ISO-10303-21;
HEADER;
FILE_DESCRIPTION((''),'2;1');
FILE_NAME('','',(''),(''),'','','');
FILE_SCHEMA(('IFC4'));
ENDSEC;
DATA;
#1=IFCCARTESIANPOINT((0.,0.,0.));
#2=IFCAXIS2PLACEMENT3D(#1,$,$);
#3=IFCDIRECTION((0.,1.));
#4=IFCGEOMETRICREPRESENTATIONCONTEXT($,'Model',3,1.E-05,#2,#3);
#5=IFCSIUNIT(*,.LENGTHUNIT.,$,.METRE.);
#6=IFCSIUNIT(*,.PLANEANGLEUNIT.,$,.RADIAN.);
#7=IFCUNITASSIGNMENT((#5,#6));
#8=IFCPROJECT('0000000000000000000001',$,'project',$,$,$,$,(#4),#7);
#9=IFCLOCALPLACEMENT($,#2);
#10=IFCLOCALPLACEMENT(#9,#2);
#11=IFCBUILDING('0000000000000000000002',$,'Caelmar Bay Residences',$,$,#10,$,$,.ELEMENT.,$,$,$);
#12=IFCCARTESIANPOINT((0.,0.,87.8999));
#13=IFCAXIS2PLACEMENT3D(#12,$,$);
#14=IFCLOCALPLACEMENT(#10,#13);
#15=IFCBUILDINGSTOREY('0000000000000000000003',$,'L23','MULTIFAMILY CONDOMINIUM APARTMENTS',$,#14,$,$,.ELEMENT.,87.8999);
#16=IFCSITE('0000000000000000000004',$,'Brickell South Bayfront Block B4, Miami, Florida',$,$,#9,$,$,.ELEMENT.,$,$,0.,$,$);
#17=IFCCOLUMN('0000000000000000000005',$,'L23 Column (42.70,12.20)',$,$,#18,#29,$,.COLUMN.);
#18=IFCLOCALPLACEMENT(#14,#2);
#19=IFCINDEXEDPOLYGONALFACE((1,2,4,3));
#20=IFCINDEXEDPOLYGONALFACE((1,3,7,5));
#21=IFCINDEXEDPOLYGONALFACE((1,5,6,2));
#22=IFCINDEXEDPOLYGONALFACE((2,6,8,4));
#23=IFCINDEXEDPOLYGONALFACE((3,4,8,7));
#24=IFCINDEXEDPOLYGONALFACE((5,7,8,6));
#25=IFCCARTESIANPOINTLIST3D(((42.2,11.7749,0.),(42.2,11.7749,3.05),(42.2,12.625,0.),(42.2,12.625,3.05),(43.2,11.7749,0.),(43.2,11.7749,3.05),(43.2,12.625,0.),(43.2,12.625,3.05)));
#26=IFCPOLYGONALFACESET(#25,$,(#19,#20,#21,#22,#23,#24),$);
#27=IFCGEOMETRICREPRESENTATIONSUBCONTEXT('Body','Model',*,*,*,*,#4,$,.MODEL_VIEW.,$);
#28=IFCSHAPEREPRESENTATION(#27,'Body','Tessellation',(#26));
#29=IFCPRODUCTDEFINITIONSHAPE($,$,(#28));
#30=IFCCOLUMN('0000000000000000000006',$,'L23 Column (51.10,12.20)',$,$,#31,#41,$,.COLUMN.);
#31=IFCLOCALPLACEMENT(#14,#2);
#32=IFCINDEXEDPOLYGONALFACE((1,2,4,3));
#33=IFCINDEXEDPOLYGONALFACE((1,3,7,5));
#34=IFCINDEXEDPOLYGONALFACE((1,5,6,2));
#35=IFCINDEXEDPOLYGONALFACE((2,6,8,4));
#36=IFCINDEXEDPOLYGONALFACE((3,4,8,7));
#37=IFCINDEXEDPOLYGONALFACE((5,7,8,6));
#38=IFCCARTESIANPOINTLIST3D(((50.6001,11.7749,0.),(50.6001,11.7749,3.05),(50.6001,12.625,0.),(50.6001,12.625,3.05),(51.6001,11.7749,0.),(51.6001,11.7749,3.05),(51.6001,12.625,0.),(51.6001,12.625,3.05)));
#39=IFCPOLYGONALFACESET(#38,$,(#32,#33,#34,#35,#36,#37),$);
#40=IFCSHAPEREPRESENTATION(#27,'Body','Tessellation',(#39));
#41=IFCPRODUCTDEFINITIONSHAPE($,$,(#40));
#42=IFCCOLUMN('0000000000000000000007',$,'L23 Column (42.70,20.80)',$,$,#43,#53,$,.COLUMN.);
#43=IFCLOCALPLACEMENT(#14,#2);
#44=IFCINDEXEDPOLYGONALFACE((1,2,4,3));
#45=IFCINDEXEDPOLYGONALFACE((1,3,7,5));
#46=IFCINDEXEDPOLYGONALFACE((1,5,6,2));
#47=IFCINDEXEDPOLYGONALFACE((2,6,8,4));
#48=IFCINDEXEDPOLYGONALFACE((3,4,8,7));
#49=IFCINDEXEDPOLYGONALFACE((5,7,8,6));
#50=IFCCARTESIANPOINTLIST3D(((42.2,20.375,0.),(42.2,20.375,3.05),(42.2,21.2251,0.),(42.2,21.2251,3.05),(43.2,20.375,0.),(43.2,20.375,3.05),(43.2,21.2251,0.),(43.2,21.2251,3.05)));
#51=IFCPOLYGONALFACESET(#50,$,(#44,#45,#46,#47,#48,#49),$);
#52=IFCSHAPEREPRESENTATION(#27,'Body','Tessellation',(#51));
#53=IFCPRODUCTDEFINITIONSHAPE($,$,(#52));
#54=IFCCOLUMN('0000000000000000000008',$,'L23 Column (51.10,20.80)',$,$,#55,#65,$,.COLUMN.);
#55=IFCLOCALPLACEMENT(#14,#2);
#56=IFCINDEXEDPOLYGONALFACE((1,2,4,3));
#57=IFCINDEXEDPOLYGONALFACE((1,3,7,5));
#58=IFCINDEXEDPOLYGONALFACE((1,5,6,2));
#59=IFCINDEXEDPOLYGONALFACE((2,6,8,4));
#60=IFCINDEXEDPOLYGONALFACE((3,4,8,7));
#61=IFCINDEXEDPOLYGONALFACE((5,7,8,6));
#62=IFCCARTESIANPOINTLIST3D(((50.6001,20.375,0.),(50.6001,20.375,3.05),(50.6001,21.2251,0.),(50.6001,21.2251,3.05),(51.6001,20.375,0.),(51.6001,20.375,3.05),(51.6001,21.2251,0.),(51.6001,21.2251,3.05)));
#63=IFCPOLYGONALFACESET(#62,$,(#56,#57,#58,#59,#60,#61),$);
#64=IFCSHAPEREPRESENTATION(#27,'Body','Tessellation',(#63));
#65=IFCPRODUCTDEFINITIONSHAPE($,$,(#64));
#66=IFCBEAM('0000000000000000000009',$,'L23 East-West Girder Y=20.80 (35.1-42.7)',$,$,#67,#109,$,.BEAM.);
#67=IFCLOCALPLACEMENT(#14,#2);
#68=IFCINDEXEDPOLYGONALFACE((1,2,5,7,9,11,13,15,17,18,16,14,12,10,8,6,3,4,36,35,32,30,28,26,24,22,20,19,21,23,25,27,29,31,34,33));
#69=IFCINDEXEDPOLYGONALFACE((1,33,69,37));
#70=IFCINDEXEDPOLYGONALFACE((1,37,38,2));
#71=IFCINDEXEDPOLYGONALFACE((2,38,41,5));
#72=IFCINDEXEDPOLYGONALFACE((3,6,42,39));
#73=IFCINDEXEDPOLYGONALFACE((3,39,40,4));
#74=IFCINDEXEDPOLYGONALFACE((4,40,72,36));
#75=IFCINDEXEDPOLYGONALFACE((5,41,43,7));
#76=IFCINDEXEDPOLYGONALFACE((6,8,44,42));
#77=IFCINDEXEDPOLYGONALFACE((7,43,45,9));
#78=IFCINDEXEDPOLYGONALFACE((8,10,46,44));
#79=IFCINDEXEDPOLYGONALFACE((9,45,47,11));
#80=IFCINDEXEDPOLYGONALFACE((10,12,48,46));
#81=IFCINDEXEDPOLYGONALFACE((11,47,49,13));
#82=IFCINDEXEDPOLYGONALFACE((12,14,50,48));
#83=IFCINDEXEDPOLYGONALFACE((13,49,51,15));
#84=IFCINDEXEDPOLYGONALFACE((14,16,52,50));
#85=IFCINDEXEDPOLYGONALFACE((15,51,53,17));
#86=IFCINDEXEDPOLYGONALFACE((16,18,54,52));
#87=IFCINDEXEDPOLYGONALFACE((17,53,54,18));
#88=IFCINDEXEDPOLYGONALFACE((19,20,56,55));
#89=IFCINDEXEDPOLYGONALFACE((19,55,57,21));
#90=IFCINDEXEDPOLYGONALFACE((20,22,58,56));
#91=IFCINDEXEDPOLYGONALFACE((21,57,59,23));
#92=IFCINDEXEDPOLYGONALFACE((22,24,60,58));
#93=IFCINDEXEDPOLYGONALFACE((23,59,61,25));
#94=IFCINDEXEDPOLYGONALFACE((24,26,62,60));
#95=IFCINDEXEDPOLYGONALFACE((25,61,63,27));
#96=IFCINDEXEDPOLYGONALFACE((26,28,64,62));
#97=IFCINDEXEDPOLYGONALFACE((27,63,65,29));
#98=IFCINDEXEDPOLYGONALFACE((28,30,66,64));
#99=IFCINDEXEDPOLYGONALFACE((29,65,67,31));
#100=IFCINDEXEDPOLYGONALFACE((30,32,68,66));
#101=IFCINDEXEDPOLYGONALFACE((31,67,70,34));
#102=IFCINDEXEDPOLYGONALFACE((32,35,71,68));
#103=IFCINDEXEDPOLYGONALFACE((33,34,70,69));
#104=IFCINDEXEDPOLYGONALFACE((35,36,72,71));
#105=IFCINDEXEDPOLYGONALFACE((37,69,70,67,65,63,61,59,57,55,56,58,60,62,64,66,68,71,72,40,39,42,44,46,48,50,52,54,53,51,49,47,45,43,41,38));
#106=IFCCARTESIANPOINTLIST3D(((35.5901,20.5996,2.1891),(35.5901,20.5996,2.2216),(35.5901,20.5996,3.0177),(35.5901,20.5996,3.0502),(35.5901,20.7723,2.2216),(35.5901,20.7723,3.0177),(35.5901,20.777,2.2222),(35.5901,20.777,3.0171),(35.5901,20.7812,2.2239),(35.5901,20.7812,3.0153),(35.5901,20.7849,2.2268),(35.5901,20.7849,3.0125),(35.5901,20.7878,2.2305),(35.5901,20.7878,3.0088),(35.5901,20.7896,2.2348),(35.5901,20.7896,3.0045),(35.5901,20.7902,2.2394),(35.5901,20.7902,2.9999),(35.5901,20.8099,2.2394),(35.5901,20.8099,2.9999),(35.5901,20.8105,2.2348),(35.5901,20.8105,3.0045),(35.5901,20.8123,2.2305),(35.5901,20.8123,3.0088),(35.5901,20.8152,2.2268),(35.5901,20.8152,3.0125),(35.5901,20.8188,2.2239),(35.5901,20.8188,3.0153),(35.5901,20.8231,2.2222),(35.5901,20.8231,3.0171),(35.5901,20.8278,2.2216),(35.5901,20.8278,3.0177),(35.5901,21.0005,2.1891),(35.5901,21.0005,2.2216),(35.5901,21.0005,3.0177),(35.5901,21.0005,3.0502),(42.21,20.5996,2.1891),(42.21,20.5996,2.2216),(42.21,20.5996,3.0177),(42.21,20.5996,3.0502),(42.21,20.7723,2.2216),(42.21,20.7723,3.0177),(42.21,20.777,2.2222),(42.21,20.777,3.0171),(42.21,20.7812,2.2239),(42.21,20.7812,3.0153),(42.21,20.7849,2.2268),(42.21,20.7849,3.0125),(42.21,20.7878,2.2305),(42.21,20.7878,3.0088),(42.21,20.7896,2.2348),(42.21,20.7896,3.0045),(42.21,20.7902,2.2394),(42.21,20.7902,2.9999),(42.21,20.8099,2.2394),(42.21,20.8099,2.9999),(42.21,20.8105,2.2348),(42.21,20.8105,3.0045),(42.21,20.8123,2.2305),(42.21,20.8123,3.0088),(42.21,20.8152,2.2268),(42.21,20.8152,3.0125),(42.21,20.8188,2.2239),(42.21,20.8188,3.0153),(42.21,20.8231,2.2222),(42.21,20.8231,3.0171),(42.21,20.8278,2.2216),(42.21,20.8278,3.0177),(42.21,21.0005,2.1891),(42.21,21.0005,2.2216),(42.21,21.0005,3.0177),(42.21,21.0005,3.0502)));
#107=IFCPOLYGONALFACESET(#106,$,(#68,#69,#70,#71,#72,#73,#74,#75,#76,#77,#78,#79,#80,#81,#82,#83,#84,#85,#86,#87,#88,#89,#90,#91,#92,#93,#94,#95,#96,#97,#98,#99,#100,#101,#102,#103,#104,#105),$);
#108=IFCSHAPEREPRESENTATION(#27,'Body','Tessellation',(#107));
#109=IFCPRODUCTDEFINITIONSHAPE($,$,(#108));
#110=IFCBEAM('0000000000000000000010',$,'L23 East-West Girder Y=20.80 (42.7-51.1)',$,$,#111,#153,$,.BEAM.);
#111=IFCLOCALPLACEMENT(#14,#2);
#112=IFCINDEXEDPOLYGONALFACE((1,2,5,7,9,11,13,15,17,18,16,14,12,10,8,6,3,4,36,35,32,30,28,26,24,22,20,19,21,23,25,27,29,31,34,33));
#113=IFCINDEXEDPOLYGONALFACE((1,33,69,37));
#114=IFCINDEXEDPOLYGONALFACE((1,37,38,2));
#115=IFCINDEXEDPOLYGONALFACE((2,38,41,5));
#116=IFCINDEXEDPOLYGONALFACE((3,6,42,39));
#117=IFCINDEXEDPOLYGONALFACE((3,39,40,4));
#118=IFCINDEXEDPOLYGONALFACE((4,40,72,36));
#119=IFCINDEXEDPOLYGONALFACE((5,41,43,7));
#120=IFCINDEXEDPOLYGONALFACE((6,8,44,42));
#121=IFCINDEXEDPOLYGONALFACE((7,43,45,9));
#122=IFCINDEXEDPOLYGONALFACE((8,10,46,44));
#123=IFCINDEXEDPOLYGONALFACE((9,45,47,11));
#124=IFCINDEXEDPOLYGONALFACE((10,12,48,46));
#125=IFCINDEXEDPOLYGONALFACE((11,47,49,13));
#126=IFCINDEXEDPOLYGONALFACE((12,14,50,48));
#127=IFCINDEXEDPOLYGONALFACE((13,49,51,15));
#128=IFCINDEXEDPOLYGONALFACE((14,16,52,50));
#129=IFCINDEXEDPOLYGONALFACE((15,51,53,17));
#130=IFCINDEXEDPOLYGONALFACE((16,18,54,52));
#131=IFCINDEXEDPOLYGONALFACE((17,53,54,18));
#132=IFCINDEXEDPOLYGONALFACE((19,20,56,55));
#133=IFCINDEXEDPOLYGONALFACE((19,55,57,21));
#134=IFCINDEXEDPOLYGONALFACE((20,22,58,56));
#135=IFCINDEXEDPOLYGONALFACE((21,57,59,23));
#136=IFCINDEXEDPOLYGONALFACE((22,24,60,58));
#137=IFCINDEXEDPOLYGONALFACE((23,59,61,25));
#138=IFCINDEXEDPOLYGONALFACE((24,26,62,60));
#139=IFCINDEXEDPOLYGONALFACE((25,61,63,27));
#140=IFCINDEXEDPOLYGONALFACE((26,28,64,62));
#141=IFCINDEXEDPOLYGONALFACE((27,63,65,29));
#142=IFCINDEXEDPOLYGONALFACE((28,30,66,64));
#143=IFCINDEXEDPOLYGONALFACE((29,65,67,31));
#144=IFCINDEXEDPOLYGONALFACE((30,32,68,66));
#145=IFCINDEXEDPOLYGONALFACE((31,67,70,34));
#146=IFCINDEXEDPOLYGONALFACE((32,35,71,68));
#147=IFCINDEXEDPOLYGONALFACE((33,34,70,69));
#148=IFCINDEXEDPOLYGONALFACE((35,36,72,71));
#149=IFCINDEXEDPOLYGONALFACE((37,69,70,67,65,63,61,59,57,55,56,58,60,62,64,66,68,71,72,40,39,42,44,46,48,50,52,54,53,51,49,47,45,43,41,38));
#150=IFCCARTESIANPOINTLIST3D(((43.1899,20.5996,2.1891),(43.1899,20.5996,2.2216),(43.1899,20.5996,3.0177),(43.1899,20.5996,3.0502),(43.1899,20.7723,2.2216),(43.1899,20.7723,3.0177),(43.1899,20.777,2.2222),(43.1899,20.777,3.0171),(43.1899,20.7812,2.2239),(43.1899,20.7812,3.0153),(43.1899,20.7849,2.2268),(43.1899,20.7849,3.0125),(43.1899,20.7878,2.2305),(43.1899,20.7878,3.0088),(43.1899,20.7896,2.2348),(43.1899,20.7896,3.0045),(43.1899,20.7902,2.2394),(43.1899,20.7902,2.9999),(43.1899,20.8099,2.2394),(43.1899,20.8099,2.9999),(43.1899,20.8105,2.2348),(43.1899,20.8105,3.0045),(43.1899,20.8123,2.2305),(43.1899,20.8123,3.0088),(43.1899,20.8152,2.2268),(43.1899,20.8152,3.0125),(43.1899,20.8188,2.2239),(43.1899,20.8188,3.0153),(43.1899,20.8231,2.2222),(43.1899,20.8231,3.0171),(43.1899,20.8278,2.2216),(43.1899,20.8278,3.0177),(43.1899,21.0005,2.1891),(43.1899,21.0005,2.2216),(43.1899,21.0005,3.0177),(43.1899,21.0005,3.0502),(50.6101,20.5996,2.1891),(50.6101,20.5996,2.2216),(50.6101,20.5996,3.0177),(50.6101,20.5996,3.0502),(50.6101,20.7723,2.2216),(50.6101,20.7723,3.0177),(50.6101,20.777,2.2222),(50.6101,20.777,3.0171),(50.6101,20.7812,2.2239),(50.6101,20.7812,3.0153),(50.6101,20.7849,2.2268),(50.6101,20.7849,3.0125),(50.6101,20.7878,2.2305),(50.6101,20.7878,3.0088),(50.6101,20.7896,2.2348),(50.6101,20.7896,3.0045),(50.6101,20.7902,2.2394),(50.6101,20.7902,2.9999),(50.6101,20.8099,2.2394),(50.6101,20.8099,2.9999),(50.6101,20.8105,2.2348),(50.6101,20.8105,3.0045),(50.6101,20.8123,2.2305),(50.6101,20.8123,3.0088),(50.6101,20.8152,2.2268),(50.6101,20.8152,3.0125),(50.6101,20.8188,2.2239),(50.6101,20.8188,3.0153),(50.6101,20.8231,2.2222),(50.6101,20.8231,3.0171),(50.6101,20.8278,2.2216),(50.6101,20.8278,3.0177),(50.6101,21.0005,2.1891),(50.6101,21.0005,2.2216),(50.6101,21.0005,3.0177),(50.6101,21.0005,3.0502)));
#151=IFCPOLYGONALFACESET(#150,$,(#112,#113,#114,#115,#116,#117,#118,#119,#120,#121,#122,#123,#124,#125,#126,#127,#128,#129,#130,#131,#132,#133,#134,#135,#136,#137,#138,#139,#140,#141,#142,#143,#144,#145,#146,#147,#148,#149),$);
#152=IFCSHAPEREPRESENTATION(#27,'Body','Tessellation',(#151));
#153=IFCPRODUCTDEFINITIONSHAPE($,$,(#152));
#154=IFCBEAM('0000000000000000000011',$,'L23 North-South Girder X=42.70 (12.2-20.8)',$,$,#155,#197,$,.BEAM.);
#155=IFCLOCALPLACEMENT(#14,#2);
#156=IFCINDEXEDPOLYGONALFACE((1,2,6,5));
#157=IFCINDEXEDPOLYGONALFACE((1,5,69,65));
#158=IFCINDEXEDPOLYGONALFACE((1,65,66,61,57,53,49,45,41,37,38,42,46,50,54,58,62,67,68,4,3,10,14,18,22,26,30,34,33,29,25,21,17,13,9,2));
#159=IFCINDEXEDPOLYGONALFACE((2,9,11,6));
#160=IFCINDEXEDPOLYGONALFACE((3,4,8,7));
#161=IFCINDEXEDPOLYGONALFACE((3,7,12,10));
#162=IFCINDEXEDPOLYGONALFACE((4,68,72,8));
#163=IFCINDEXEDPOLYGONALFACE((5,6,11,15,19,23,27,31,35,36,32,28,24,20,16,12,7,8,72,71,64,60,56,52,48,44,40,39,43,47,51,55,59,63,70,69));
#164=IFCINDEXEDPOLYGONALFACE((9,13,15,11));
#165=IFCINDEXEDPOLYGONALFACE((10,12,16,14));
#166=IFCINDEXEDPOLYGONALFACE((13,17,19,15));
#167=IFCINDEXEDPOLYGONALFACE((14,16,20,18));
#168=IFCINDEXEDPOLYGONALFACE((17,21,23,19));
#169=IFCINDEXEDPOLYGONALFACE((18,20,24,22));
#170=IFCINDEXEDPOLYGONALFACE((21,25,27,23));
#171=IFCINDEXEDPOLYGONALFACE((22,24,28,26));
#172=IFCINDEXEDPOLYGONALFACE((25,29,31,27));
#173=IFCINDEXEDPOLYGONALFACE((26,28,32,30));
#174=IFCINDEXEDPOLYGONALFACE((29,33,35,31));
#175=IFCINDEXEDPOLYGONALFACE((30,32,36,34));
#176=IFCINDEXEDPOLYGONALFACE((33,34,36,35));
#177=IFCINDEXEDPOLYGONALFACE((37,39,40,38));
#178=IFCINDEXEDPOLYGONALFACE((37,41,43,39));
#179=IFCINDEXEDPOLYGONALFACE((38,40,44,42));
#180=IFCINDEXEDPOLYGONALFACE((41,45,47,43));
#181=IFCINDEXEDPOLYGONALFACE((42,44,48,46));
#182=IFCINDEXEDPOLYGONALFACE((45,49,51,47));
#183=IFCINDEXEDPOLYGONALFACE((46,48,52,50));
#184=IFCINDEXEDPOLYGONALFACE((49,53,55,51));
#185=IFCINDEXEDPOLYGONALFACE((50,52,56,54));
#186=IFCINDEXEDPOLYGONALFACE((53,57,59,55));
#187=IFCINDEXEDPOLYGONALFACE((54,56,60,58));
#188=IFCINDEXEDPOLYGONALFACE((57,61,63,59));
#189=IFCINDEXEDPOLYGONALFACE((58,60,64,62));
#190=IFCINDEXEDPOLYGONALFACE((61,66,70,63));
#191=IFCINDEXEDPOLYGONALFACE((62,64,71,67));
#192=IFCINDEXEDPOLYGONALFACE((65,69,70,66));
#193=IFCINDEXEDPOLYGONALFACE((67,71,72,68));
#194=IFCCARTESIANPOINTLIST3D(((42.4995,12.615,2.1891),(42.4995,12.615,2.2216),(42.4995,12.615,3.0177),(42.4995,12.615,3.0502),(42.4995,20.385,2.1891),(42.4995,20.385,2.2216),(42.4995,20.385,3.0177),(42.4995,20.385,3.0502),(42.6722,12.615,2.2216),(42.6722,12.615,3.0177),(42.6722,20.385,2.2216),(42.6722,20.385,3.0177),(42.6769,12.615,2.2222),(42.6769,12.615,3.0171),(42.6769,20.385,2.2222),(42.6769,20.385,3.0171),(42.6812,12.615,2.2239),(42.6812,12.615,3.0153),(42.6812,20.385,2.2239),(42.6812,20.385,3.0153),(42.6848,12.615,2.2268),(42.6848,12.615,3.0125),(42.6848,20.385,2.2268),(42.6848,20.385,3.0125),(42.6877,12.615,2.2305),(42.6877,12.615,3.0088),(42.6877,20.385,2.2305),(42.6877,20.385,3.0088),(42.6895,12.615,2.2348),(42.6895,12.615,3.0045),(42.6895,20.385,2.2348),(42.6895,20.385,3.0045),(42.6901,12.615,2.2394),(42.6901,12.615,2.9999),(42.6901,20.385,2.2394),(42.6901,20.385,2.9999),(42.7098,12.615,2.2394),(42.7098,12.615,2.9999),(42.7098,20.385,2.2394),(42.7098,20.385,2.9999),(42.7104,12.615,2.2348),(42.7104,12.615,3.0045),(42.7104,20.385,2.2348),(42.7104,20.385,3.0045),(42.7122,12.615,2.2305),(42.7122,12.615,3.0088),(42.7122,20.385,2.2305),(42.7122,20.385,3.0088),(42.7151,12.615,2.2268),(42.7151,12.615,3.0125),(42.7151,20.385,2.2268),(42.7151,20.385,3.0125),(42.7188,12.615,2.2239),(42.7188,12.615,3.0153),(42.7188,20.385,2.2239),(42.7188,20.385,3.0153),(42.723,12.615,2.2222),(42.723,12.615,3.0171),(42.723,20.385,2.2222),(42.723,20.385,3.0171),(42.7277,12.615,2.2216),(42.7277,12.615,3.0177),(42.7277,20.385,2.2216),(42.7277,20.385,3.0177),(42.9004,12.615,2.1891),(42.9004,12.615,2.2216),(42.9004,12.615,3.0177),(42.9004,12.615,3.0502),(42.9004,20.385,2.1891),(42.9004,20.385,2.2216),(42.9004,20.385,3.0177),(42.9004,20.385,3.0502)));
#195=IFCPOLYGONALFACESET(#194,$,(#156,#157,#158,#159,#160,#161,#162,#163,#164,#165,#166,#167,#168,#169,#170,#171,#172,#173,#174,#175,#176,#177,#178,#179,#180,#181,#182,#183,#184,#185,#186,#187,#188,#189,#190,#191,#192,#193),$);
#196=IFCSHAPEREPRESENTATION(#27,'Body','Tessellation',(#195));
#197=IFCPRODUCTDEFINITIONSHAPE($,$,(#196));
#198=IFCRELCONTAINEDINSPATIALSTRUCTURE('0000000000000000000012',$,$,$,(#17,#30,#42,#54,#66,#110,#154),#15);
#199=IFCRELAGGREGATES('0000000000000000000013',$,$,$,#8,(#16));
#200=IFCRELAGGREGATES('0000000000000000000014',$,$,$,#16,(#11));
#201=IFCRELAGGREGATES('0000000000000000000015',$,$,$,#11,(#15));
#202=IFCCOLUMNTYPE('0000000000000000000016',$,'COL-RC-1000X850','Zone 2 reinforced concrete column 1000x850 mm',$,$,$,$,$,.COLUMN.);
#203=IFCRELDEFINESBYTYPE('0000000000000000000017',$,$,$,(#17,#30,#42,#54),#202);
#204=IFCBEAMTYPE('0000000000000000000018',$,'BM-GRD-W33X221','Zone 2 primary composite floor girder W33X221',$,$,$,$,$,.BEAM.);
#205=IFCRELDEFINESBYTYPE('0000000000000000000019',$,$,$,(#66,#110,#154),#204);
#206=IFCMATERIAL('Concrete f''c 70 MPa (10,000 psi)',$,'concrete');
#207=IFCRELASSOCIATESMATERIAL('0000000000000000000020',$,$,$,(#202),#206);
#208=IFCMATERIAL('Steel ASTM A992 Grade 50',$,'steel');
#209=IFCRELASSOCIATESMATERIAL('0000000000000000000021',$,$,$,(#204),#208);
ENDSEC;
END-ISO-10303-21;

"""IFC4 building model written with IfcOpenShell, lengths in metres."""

from ifc_helpers import new_model, si_unit, direction, frame, origin, origin_2d, place, context, subcontext, project, spatial, rectangle, i_section, extrude, material, material_profile, profile_set, type_object, element, save


model = new_model("IFC4")

# Units and contexts
model_context = context("Model", 3, precision=1e-05, world=origin(), true_north=direction((0.0, 1.0)))
body_context = subcontext(model_context, "Body", "Model", "MODEL_VIEW")
ifc_project = project(units=[si_unit("LENGTHUNIT", "METRE"), si_unit("PLANEANGLEUNIT", "RADIAN")], contexts=[model_context])

# Site, building, storey
site_placement = place(None, origin())
site = spatial("IfcSite", under=ifc_project, at=site_placement, Name="Brickell South Bayfront Block B4, Miami, Florida", CompositionType="ELEMENT", RefElevation=0.0)
building_placement = place(site_placement, origin())
building = spatial("IfcBuilding", under=site, at=building_placement, Name="Caelmar Bay Residences", CompositionType="ELEMENT")
storey_placement = place(building_placement, frame((0.0, 0.0, 87.8999)))
storey = spatial("IfcBuildingStorey", under=building, at=storey_placement, Name="L23", Description="MULTIFAMILY CONDOMINIUM APARTMENTS", CompositionType="ELEMENT", Elevation=87.8999)

# Columns
ifc_material_1 = material(Name="Concrete f'c 70 MPa (10,000 psi)", Category="concrete")
ifc_material_profile_1 = material_profile(ifc_material_1, rectangle(XDim=1.0, YDim=0.8501, at=origin_2d()), Name="RC-COL-1000X850")
ifc_profile_set_1 = profile_set([ifc_material_profile_1], Name="Concrete f'c 70 MPa (10,000 psi)")
column_type = type_object("IfcColumnType", Name="COL-RC-1000X850", Description="Zone 2 reinforced concrete column 1000x850 mm", PredefinedType="COLUMN", material=ifc_profile_set_1)
for number, where, z_axis, x_axis, name in (
    (1, (42.7, 12.2, 0.0), (0.0, 0.0, 1.0), (1.0, 0.0, 0.0), "L23 Column (42.70,12.20)"),
    (2, (51.1001, 12.2, 0.0), (0.0, 0.0, 1.0), (1.0, 0.0, 0.0), "L23 Column (51.10,12.20)"),
    (3, (42.7, 20.8, 0.0), (0.0, 0.0, 1.0), (1.0, 0.0, 0.0), "L23 Column (42.70,20.80)"),
    (4, (51.1001, 20.8, 0.0), (0.0, 0.0, 1.0), (1.0, 0.0, 0.0), "L23 Column (51.10,20.80)"),
):
    element("IfcColumn", number, at=place(storey_placement, frame(where, z_axis=z_axis, x_axis=x_axis)), inside=storey, type_object=column_type, Name=name, PredefinedType="COLUMN", context=body_context, shape_type="SweptSolid", body=[
        extrude(rectangle(XDim=1.0, YDim=0.8501, at=origin_2d()), origin(), (0.0, 0.0, 1.0), 3.05),
    ])

# Beams
ifc_material_2 = material(Name="Steel ASTM A992 Grade 50", Category="steel")
ifc_material_profile_2 = material_profile(ifc_material_2, i_section(OverallWidth=0.4009, OverallDepth=0.8611, WebThickness=0.0198, FlangeThickness=0.0325, FilletRadius=0.0178, at=origin_2d()), Name="W33X221")
ifc_profile_set_2 = profile_set([ifc_material_profile_2], Name="Steel ASTM A992 Grade 50")
beam_type_1 = type_object("IfcBeamType", Name="BM-GRD-W33X221", Description="Zone 2 primary composite floor girder W33X221", PredefinedType="BEAM", material=ifc_profile_set_2)
beam_1_placement = place(storey_placement, frame((35.5901, 20.8, 2.6196), z_axis=(1.0, 0.0, 0.0), x_axis=(0.0, 1.0, 0.0)))
element("IfcBeam", 5, at=beam_1_placement, inside=storey, type_object=beam_type_1, Name="L23 East-West Girder Y=20.80 (35.1-42.7)", PredefinedType="BEAM", context=body_context, shape_type="SweptSolid", body=[
    extrude(i_section(OverallWidth=0.4009, OverallDepth=0.8611, WebThickness=0.0198, FlangeThickness=0.0325, FilletRadius=0.0178, at=origin_2d()), origin(), (0.0, 0.0, 1.0), 6.6199),
])
beam_2_placement = place(storey_placement, frame((43.1899, 20.8, 2.6196), z_axis=(1.0, 0.0, 0.0), x_axis=(0.0, 1.0, 0.0)))
element("IfcBeam", 6, at=beam_2_placement, inside=storey, type_object=beam_type_1, Name="L23 East-West Girder Y=20.80 (42.7-51.1)", PredefinedType="BEAM", context=body_context, shape_type="SweptSolid", body=[
    extrude(i_section(OverallWidth=0.4009, OverallDepth=0.8611, WebThickness=0.0198, FlangeThickness=0.0325, FilletRadius=0.0178, at=origin_2d()), origin(), (0.0, 0.0, 1.0), 7.4202),
])
for number, where, z_axis, x_axis, name in (
    (7, (42.7, 12.615, 2.6196), (0.0, 1.0, 0.0), (-1.0, 0.0, 0.0), "L23 North-South Girder X=42.70 (12.2-20.8)"),
):
    element("IfcBeam", number, at=place(storey_placement, frame(where, z_axis=z_axis, x_axis=x_axis)), inside=storey, type_object=beam_type_1, Name=name, PredefinedType="BEAM", context=body_context, shape_type="SweptSolid", body=[
        extrude(i_section(OverallWidth=0.4009, OverallDepth=0.8611, WebThickness=0.0198, FlangeThickness=0.0325, FilletRadius=0.0178, at=origin_2d()), origin(), (0.0, 0.0, 1.0), 7.77),
    ])

save(model, "model.ifc")
